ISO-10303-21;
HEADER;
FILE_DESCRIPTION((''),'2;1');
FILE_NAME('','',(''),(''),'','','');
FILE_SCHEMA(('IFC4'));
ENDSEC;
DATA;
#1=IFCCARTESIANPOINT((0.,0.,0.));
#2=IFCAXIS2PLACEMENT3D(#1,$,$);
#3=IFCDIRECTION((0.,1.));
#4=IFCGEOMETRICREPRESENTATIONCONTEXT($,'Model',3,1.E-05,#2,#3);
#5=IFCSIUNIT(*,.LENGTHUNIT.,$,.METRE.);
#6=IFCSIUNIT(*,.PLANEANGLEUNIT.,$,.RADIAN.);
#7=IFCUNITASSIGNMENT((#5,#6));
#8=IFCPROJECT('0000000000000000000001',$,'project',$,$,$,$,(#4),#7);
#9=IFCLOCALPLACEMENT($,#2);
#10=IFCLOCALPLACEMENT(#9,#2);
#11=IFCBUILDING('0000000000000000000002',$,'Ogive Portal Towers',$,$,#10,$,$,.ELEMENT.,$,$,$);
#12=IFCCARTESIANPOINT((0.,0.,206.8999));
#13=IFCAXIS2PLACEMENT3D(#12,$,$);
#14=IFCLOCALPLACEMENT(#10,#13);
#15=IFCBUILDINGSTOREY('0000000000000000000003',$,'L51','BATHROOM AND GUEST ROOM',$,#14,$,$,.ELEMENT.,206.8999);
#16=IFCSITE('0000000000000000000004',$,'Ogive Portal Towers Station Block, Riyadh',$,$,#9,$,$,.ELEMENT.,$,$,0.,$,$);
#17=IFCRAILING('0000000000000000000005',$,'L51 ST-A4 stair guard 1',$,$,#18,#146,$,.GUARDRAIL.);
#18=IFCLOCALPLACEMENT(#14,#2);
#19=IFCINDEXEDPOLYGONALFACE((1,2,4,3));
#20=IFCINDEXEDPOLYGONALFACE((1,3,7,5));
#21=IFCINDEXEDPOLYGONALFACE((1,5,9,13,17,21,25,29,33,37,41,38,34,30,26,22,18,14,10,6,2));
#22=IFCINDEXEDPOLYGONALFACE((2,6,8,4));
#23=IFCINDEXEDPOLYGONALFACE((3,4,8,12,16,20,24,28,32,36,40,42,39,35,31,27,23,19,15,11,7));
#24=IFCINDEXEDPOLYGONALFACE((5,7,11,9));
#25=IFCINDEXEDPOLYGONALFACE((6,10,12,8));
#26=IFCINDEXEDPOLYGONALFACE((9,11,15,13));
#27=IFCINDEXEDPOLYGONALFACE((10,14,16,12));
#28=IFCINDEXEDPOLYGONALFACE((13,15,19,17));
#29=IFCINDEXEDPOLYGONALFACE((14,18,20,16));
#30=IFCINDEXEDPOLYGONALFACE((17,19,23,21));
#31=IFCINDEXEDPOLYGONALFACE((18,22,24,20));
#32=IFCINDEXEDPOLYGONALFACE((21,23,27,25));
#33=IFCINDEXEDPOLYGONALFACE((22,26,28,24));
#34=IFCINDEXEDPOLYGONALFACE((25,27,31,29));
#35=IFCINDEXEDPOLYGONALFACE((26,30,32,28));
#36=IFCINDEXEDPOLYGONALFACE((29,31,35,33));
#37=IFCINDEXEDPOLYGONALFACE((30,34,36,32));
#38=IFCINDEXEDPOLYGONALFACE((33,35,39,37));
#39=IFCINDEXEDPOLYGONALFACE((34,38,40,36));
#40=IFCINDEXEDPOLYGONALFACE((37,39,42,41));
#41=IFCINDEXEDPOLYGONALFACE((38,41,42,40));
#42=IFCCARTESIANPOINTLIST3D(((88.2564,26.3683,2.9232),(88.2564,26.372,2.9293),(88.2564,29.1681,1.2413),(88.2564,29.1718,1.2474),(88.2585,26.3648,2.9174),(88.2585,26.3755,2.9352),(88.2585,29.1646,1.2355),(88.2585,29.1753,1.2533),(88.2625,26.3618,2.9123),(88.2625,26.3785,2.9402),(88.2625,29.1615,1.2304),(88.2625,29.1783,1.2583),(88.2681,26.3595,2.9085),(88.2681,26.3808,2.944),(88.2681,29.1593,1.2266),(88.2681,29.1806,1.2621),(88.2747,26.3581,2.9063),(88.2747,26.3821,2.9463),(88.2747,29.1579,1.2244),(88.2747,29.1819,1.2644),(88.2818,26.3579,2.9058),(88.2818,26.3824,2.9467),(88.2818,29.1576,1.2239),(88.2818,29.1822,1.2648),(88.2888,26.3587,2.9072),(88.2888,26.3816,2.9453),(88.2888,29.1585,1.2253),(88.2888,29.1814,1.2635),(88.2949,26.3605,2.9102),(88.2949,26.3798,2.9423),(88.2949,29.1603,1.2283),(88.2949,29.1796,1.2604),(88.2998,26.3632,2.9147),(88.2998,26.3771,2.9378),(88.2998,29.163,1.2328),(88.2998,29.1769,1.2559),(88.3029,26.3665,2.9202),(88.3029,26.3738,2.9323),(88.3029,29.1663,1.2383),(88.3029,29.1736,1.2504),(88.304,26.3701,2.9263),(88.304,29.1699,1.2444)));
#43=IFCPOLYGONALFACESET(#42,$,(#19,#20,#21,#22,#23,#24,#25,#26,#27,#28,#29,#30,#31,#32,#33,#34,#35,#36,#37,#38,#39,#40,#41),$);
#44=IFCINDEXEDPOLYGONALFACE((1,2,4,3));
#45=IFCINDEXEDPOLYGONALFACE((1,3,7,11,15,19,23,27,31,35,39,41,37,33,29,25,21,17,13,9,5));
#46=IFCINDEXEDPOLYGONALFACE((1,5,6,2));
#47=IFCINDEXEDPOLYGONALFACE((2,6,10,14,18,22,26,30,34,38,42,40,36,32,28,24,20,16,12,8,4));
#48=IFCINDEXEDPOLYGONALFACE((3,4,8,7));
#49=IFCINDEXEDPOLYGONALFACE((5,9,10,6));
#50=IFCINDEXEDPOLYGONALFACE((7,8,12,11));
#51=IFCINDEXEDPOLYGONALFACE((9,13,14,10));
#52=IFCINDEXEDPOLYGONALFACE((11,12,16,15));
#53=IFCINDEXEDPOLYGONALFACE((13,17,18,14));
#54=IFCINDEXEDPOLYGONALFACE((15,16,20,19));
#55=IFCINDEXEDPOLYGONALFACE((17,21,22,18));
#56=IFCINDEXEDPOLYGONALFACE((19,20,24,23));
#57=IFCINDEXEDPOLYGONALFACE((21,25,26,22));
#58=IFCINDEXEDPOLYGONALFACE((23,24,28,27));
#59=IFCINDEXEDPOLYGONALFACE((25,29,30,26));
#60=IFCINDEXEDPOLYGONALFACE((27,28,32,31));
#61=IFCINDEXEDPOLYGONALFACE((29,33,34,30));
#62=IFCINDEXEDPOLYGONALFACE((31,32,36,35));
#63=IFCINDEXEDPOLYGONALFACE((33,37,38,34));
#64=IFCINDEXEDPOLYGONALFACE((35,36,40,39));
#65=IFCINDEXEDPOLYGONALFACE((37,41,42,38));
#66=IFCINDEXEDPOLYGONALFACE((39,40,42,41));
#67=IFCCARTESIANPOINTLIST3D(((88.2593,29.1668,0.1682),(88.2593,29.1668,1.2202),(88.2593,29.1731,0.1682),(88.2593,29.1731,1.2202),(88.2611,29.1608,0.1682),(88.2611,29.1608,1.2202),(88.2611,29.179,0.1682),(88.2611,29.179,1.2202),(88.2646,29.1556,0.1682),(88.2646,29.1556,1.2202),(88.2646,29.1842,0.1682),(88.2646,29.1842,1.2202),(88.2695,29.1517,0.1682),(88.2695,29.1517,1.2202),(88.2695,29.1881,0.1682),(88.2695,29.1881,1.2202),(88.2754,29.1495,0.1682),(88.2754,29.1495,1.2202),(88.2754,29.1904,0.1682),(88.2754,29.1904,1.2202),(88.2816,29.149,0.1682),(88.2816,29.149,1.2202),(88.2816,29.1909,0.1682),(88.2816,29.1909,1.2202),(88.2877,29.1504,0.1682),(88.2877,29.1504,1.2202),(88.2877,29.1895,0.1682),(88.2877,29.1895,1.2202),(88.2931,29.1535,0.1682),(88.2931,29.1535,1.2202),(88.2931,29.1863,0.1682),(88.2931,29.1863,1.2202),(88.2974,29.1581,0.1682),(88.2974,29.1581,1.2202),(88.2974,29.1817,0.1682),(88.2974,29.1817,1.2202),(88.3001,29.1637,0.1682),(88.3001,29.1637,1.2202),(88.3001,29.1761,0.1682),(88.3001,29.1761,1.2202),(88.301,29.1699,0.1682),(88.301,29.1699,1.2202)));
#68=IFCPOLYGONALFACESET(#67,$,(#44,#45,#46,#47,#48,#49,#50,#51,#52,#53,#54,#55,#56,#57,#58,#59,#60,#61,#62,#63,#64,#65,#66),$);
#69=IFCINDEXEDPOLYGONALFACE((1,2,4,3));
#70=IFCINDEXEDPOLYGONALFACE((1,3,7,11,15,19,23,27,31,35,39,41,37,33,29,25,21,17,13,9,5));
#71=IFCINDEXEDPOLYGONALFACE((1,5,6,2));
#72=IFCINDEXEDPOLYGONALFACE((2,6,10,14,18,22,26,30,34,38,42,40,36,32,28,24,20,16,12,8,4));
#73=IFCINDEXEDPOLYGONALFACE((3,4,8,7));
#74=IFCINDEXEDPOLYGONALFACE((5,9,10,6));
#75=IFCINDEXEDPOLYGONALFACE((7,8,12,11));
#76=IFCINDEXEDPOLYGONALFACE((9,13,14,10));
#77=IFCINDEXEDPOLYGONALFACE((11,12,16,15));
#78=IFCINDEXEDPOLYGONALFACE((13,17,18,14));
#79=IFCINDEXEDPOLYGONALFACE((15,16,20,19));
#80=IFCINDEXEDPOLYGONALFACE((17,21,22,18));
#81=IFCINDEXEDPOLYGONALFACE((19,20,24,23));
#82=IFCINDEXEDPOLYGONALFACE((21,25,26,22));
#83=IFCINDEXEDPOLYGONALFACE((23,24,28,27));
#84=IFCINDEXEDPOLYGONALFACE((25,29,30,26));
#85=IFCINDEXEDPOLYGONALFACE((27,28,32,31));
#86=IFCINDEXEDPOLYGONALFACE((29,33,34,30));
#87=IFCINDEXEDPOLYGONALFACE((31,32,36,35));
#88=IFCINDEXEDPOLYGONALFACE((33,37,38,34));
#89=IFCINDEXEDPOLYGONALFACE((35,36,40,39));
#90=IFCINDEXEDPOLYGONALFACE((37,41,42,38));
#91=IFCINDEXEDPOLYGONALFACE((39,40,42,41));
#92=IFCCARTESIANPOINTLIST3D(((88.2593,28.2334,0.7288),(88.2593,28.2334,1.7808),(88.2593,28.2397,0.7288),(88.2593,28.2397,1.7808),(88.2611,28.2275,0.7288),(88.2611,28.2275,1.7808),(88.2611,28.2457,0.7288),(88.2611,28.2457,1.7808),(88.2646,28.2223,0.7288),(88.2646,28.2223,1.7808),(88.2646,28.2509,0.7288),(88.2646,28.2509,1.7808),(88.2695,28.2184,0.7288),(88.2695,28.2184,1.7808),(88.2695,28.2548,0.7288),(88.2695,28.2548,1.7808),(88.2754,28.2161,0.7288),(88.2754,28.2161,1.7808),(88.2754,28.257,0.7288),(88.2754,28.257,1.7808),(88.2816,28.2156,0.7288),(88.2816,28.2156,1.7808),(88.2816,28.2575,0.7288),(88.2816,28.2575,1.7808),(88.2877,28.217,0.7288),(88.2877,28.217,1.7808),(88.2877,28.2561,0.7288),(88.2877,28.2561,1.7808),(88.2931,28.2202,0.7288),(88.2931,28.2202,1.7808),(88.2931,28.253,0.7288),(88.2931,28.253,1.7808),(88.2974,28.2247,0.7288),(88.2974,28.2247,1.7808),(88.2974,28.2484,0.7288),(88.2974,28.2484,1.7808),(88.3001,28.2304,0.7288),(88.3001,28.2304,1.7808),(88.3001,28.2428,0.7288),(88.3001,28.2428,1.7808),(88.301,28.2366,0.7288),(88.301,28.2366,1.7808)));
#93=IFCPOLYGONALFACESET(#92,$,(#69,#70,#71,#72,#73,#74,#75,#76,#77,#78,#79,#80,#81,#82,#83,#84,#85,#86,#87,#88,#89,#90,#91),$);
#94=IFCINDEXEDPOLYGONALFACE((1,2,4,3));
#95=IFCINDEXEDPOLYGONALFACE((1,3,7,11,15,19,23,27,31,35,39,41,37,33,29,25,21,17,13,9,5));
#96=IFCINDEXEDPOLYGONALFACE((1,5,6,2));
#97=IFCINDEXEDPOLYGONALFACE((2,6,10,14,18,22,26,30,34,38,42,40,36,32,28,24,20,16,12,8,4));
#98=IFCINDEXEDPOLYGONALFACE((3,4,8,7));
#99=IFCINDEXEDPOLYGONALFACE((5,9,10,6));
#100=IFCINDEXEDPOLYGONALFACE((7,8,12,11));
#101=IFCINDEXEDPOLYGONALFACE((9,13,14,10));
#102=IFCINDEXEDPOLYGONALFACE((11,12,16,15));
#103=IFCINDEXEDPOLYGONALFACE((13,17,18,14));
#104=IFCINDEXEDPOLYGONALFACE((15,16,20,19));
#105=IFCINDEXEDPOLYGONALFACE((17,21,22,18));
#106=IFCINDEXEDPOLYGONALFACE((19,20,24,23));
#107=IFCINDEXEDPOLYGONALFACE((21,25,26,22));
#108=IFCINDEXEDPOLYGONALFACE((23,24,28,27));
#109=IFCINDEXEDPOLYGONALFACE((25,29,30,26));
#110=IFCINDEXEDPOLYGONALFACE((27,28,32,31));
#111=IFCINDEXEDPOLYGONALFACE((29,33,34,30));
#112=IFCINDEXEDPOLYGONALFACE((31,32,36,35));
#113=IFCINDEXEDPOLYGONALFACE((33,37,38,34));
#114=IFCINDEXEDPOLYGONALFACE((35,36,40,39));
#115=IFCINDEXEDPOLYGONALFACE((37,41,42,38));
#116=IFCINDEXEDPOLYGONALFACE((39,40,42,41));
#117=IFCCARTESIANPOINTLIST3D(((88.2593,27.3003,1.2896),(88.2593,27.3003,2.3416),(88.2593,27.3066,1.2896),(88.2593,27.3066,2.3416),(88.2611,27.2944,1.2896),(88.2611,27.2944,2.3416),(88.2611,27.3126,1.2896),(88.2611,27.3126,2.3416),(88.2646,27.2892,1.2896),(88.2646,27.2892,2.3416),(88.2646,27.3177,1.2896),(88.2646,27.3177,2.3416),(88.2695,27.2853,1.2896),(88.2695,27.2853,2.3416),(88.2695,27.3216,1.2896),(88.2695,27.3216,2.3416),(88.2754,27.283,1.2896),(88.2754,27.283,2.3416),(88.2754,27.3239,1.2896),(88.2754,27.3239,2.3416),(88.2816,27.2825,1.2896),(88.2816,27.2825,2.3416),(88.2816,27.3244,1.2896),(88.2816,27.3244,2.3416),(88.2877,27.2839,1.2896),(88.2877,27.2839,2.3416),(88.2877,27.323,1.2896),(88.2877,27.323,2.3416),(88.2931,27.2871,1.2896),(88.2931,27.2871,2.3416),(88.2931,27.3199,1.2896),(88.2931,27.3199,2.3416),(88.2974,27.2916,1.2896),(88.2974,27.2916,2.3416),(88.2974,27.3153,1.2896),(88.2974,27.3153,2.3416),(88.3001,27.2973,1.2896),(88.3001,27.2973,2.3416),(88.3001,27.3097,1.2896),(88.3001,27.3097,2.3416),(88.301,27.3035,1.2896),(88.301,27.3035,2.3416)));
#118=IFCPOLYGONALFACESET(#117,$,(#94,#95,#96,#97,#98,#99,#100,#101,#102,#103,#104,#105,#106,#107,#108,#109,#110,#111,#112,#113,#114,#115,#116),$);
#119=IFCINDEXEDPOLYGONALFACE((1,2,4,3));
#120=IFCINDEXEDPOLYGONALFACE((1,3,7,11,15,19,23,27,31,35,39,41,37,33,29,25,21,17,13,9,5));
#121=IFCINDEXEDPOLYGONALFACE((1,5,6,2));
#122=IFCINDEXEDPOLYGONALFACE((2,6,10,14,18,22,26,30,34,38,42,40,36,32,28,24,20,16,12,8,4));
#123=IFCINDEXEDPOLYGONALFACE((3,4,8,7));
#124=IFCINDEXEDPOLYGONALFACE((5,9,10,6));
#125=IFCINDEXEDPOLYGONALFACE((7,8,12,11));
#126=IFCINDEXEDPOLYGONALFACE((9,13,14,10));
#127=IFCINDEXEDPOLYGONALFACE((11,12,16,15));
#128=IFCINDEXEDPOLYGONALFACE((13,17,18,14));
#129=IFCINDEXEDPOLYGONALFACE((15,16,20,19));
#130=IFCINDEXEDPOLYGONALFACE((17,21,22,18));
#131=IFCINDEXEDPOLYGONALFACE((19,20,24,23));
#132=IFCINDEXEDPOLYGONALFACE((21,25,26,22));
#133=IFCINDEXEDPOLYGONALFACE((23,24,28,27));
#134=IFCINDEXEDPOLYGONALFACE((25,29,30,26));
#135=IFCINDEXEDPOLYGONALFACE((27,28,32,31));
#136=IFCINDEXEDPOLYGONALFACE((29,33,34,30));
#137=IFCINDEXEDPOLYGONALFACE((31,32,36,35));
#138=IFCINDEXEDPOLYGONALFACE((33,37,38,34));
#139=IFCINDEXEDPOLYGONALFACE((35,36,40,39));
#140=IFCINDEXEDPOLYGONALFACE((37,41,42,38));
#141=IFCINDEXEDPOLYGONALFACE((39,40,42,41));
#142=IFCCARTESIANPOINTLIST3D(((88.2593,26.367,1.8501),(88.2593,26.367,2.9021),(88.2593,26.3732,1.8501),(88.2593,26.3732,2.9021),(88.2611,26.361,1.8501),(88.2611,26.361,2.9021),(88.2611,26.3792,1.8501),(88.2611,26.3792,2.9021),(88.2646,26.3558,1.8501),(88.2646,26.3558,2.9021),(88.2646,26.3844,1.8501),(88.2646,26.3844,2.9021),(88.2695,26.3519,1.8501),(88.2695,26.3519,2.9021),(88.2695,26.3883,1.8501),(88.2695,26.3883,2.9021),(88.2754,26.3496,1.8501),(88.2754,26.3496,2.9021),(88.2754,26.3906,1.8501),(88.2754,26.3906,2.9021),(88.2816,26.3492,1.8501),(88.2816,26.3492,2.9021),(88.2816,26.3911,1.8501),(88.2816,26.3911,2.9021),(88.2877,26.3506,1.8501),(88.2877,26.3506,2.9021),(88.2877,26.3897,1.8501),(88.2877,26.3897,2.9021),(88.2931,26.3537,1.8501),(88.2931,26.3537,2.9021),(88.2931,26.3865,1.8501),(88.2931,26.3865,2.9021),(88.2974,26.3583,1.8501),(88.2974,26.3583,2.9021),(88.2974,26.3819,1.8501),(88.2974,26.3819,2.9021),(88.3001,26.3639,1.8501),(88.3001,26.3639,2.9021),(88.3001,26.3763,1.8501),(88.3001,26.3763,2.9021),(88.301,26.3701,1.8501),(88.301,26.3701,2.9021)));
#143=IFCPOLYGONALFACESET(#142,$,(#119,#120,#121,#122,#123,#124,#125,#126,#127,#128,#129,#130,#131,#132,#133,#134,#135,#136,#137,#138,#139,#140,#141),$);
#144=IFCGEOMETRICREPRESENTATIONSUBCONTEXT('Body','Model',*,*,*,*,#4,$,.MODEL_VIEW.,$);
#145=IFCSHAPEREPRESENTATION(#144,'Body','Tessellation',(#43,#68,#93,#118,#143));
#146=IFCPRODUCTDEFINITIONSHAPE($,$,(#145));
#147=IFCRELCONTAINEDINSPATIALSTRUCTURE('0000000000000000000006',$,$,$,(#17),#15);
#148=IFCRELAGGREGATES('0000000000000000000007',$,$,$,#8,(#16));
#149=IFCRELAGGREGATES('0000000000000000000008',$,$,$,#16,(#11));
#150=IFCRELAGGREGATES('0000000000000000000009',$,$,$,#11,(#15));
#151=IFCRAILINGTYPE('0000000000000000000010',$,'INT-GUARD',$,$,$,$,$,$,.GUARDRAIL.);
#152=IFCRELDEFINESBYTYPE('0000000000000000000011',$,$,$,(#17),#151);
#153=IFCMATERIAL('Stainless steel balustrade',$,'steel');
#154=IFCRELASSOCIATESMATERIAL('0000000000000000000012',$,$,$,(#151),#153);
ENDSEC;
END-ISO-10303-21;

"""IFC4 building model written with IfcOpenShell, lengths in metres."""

from ifc_helpers import new_model, si_unit, direction, frame, origin, origin_2d, place, context, subcontext, project, spatial, circle, extrude, material, type_object, element, save


model = new_model("IFC4")

# Units and contexts
model_context = context("Model", 3, precision=1e-05, world=origin(), true_north=direction((0.0, 1.0)))
body_context = subcontext(model_context, "Body", "Model", "MODEL_VIEW")
ifc_project = project(units=[si_unit("LENGTHUNIT", "METRE"), si_unit("PLANEANGLEUNIT", "RADIAN")], contexts=[model_context])

# Site, building, storey
site_placement = place(None, origin())
site = spatial("IfcSite", under=ifc_project, at=site_placement, Name="Ogive Portal Towers Station Block, Riyadh", CompositionType="ELEMENT", RefElevation=0.0)
building_placement = place(site_placement, origin())
building = spatial("IfcBuilding", under=site, at=building_placement, Name="Ogive Portal Towers", CompositionType="ELEMENT")
storey_placement = place(building_placement, frame((0.0, 0.0, 206.8999)))
storey = spatial("IfcBuildingStorey", under=building, at=storey_placement, Name="L51", Description="BATHROOM AND GUEST ROOM", CompositionType="ELEMENT", Elevation=206.8999)

# Railing
ifc_material_1 = material(Name="Stainless steel balustrade", Category="steel")
railing_type_1 = type_object("IfcRailingType", Name="INT-GUARD", PredefinedType="GUARDRAIL", material=ifc_material_1)
railing_1_placement = place(storey_placement, frame((88.28, 29.1699, 0.1682)))
element("IfcRailing", 1, at=railing_1_placement, inside=storey, type_object=railing_type_1, Name="L51 ST-A4 stair guard 1", PredefinedType="GUARDRAIL", context=body_context, shape_type="SweptSolid", body=[
    extrude(circle(Radius=0.0239, at=origin_2d()), frame((0.0, 0.0, 1.0762), z_axis=(0.0, -0.857222, 0.514946), x_axis=(1.0, 0.0, 0.0)), (0.0, 0.0, 1.0), 3.2661),
    extrude(circle(Radius=0.021, at=origin_2d()), origin(), (0.0, 0.0, 1.0), 1.052),
    extrude(circle(Radius=0.021, at=origin_2d()), frame((0.0, -0.9333, 0.5605)), (0.0, 0.0, 1.0), 1.052),
    extrude(circle(Radius=0.021, at=origin_2d()), frame((0.0, -1.8665, 1.1213)), (0.0, 0.0, 1.0), 1.052),
    extrude(circle(Radius=0.021, at=origin_2d()), frame((0.0, -2.7998, 1.6819)), (0.0, 0.0, 1.0), 1.052),
])

save(model, "model.ifc")
